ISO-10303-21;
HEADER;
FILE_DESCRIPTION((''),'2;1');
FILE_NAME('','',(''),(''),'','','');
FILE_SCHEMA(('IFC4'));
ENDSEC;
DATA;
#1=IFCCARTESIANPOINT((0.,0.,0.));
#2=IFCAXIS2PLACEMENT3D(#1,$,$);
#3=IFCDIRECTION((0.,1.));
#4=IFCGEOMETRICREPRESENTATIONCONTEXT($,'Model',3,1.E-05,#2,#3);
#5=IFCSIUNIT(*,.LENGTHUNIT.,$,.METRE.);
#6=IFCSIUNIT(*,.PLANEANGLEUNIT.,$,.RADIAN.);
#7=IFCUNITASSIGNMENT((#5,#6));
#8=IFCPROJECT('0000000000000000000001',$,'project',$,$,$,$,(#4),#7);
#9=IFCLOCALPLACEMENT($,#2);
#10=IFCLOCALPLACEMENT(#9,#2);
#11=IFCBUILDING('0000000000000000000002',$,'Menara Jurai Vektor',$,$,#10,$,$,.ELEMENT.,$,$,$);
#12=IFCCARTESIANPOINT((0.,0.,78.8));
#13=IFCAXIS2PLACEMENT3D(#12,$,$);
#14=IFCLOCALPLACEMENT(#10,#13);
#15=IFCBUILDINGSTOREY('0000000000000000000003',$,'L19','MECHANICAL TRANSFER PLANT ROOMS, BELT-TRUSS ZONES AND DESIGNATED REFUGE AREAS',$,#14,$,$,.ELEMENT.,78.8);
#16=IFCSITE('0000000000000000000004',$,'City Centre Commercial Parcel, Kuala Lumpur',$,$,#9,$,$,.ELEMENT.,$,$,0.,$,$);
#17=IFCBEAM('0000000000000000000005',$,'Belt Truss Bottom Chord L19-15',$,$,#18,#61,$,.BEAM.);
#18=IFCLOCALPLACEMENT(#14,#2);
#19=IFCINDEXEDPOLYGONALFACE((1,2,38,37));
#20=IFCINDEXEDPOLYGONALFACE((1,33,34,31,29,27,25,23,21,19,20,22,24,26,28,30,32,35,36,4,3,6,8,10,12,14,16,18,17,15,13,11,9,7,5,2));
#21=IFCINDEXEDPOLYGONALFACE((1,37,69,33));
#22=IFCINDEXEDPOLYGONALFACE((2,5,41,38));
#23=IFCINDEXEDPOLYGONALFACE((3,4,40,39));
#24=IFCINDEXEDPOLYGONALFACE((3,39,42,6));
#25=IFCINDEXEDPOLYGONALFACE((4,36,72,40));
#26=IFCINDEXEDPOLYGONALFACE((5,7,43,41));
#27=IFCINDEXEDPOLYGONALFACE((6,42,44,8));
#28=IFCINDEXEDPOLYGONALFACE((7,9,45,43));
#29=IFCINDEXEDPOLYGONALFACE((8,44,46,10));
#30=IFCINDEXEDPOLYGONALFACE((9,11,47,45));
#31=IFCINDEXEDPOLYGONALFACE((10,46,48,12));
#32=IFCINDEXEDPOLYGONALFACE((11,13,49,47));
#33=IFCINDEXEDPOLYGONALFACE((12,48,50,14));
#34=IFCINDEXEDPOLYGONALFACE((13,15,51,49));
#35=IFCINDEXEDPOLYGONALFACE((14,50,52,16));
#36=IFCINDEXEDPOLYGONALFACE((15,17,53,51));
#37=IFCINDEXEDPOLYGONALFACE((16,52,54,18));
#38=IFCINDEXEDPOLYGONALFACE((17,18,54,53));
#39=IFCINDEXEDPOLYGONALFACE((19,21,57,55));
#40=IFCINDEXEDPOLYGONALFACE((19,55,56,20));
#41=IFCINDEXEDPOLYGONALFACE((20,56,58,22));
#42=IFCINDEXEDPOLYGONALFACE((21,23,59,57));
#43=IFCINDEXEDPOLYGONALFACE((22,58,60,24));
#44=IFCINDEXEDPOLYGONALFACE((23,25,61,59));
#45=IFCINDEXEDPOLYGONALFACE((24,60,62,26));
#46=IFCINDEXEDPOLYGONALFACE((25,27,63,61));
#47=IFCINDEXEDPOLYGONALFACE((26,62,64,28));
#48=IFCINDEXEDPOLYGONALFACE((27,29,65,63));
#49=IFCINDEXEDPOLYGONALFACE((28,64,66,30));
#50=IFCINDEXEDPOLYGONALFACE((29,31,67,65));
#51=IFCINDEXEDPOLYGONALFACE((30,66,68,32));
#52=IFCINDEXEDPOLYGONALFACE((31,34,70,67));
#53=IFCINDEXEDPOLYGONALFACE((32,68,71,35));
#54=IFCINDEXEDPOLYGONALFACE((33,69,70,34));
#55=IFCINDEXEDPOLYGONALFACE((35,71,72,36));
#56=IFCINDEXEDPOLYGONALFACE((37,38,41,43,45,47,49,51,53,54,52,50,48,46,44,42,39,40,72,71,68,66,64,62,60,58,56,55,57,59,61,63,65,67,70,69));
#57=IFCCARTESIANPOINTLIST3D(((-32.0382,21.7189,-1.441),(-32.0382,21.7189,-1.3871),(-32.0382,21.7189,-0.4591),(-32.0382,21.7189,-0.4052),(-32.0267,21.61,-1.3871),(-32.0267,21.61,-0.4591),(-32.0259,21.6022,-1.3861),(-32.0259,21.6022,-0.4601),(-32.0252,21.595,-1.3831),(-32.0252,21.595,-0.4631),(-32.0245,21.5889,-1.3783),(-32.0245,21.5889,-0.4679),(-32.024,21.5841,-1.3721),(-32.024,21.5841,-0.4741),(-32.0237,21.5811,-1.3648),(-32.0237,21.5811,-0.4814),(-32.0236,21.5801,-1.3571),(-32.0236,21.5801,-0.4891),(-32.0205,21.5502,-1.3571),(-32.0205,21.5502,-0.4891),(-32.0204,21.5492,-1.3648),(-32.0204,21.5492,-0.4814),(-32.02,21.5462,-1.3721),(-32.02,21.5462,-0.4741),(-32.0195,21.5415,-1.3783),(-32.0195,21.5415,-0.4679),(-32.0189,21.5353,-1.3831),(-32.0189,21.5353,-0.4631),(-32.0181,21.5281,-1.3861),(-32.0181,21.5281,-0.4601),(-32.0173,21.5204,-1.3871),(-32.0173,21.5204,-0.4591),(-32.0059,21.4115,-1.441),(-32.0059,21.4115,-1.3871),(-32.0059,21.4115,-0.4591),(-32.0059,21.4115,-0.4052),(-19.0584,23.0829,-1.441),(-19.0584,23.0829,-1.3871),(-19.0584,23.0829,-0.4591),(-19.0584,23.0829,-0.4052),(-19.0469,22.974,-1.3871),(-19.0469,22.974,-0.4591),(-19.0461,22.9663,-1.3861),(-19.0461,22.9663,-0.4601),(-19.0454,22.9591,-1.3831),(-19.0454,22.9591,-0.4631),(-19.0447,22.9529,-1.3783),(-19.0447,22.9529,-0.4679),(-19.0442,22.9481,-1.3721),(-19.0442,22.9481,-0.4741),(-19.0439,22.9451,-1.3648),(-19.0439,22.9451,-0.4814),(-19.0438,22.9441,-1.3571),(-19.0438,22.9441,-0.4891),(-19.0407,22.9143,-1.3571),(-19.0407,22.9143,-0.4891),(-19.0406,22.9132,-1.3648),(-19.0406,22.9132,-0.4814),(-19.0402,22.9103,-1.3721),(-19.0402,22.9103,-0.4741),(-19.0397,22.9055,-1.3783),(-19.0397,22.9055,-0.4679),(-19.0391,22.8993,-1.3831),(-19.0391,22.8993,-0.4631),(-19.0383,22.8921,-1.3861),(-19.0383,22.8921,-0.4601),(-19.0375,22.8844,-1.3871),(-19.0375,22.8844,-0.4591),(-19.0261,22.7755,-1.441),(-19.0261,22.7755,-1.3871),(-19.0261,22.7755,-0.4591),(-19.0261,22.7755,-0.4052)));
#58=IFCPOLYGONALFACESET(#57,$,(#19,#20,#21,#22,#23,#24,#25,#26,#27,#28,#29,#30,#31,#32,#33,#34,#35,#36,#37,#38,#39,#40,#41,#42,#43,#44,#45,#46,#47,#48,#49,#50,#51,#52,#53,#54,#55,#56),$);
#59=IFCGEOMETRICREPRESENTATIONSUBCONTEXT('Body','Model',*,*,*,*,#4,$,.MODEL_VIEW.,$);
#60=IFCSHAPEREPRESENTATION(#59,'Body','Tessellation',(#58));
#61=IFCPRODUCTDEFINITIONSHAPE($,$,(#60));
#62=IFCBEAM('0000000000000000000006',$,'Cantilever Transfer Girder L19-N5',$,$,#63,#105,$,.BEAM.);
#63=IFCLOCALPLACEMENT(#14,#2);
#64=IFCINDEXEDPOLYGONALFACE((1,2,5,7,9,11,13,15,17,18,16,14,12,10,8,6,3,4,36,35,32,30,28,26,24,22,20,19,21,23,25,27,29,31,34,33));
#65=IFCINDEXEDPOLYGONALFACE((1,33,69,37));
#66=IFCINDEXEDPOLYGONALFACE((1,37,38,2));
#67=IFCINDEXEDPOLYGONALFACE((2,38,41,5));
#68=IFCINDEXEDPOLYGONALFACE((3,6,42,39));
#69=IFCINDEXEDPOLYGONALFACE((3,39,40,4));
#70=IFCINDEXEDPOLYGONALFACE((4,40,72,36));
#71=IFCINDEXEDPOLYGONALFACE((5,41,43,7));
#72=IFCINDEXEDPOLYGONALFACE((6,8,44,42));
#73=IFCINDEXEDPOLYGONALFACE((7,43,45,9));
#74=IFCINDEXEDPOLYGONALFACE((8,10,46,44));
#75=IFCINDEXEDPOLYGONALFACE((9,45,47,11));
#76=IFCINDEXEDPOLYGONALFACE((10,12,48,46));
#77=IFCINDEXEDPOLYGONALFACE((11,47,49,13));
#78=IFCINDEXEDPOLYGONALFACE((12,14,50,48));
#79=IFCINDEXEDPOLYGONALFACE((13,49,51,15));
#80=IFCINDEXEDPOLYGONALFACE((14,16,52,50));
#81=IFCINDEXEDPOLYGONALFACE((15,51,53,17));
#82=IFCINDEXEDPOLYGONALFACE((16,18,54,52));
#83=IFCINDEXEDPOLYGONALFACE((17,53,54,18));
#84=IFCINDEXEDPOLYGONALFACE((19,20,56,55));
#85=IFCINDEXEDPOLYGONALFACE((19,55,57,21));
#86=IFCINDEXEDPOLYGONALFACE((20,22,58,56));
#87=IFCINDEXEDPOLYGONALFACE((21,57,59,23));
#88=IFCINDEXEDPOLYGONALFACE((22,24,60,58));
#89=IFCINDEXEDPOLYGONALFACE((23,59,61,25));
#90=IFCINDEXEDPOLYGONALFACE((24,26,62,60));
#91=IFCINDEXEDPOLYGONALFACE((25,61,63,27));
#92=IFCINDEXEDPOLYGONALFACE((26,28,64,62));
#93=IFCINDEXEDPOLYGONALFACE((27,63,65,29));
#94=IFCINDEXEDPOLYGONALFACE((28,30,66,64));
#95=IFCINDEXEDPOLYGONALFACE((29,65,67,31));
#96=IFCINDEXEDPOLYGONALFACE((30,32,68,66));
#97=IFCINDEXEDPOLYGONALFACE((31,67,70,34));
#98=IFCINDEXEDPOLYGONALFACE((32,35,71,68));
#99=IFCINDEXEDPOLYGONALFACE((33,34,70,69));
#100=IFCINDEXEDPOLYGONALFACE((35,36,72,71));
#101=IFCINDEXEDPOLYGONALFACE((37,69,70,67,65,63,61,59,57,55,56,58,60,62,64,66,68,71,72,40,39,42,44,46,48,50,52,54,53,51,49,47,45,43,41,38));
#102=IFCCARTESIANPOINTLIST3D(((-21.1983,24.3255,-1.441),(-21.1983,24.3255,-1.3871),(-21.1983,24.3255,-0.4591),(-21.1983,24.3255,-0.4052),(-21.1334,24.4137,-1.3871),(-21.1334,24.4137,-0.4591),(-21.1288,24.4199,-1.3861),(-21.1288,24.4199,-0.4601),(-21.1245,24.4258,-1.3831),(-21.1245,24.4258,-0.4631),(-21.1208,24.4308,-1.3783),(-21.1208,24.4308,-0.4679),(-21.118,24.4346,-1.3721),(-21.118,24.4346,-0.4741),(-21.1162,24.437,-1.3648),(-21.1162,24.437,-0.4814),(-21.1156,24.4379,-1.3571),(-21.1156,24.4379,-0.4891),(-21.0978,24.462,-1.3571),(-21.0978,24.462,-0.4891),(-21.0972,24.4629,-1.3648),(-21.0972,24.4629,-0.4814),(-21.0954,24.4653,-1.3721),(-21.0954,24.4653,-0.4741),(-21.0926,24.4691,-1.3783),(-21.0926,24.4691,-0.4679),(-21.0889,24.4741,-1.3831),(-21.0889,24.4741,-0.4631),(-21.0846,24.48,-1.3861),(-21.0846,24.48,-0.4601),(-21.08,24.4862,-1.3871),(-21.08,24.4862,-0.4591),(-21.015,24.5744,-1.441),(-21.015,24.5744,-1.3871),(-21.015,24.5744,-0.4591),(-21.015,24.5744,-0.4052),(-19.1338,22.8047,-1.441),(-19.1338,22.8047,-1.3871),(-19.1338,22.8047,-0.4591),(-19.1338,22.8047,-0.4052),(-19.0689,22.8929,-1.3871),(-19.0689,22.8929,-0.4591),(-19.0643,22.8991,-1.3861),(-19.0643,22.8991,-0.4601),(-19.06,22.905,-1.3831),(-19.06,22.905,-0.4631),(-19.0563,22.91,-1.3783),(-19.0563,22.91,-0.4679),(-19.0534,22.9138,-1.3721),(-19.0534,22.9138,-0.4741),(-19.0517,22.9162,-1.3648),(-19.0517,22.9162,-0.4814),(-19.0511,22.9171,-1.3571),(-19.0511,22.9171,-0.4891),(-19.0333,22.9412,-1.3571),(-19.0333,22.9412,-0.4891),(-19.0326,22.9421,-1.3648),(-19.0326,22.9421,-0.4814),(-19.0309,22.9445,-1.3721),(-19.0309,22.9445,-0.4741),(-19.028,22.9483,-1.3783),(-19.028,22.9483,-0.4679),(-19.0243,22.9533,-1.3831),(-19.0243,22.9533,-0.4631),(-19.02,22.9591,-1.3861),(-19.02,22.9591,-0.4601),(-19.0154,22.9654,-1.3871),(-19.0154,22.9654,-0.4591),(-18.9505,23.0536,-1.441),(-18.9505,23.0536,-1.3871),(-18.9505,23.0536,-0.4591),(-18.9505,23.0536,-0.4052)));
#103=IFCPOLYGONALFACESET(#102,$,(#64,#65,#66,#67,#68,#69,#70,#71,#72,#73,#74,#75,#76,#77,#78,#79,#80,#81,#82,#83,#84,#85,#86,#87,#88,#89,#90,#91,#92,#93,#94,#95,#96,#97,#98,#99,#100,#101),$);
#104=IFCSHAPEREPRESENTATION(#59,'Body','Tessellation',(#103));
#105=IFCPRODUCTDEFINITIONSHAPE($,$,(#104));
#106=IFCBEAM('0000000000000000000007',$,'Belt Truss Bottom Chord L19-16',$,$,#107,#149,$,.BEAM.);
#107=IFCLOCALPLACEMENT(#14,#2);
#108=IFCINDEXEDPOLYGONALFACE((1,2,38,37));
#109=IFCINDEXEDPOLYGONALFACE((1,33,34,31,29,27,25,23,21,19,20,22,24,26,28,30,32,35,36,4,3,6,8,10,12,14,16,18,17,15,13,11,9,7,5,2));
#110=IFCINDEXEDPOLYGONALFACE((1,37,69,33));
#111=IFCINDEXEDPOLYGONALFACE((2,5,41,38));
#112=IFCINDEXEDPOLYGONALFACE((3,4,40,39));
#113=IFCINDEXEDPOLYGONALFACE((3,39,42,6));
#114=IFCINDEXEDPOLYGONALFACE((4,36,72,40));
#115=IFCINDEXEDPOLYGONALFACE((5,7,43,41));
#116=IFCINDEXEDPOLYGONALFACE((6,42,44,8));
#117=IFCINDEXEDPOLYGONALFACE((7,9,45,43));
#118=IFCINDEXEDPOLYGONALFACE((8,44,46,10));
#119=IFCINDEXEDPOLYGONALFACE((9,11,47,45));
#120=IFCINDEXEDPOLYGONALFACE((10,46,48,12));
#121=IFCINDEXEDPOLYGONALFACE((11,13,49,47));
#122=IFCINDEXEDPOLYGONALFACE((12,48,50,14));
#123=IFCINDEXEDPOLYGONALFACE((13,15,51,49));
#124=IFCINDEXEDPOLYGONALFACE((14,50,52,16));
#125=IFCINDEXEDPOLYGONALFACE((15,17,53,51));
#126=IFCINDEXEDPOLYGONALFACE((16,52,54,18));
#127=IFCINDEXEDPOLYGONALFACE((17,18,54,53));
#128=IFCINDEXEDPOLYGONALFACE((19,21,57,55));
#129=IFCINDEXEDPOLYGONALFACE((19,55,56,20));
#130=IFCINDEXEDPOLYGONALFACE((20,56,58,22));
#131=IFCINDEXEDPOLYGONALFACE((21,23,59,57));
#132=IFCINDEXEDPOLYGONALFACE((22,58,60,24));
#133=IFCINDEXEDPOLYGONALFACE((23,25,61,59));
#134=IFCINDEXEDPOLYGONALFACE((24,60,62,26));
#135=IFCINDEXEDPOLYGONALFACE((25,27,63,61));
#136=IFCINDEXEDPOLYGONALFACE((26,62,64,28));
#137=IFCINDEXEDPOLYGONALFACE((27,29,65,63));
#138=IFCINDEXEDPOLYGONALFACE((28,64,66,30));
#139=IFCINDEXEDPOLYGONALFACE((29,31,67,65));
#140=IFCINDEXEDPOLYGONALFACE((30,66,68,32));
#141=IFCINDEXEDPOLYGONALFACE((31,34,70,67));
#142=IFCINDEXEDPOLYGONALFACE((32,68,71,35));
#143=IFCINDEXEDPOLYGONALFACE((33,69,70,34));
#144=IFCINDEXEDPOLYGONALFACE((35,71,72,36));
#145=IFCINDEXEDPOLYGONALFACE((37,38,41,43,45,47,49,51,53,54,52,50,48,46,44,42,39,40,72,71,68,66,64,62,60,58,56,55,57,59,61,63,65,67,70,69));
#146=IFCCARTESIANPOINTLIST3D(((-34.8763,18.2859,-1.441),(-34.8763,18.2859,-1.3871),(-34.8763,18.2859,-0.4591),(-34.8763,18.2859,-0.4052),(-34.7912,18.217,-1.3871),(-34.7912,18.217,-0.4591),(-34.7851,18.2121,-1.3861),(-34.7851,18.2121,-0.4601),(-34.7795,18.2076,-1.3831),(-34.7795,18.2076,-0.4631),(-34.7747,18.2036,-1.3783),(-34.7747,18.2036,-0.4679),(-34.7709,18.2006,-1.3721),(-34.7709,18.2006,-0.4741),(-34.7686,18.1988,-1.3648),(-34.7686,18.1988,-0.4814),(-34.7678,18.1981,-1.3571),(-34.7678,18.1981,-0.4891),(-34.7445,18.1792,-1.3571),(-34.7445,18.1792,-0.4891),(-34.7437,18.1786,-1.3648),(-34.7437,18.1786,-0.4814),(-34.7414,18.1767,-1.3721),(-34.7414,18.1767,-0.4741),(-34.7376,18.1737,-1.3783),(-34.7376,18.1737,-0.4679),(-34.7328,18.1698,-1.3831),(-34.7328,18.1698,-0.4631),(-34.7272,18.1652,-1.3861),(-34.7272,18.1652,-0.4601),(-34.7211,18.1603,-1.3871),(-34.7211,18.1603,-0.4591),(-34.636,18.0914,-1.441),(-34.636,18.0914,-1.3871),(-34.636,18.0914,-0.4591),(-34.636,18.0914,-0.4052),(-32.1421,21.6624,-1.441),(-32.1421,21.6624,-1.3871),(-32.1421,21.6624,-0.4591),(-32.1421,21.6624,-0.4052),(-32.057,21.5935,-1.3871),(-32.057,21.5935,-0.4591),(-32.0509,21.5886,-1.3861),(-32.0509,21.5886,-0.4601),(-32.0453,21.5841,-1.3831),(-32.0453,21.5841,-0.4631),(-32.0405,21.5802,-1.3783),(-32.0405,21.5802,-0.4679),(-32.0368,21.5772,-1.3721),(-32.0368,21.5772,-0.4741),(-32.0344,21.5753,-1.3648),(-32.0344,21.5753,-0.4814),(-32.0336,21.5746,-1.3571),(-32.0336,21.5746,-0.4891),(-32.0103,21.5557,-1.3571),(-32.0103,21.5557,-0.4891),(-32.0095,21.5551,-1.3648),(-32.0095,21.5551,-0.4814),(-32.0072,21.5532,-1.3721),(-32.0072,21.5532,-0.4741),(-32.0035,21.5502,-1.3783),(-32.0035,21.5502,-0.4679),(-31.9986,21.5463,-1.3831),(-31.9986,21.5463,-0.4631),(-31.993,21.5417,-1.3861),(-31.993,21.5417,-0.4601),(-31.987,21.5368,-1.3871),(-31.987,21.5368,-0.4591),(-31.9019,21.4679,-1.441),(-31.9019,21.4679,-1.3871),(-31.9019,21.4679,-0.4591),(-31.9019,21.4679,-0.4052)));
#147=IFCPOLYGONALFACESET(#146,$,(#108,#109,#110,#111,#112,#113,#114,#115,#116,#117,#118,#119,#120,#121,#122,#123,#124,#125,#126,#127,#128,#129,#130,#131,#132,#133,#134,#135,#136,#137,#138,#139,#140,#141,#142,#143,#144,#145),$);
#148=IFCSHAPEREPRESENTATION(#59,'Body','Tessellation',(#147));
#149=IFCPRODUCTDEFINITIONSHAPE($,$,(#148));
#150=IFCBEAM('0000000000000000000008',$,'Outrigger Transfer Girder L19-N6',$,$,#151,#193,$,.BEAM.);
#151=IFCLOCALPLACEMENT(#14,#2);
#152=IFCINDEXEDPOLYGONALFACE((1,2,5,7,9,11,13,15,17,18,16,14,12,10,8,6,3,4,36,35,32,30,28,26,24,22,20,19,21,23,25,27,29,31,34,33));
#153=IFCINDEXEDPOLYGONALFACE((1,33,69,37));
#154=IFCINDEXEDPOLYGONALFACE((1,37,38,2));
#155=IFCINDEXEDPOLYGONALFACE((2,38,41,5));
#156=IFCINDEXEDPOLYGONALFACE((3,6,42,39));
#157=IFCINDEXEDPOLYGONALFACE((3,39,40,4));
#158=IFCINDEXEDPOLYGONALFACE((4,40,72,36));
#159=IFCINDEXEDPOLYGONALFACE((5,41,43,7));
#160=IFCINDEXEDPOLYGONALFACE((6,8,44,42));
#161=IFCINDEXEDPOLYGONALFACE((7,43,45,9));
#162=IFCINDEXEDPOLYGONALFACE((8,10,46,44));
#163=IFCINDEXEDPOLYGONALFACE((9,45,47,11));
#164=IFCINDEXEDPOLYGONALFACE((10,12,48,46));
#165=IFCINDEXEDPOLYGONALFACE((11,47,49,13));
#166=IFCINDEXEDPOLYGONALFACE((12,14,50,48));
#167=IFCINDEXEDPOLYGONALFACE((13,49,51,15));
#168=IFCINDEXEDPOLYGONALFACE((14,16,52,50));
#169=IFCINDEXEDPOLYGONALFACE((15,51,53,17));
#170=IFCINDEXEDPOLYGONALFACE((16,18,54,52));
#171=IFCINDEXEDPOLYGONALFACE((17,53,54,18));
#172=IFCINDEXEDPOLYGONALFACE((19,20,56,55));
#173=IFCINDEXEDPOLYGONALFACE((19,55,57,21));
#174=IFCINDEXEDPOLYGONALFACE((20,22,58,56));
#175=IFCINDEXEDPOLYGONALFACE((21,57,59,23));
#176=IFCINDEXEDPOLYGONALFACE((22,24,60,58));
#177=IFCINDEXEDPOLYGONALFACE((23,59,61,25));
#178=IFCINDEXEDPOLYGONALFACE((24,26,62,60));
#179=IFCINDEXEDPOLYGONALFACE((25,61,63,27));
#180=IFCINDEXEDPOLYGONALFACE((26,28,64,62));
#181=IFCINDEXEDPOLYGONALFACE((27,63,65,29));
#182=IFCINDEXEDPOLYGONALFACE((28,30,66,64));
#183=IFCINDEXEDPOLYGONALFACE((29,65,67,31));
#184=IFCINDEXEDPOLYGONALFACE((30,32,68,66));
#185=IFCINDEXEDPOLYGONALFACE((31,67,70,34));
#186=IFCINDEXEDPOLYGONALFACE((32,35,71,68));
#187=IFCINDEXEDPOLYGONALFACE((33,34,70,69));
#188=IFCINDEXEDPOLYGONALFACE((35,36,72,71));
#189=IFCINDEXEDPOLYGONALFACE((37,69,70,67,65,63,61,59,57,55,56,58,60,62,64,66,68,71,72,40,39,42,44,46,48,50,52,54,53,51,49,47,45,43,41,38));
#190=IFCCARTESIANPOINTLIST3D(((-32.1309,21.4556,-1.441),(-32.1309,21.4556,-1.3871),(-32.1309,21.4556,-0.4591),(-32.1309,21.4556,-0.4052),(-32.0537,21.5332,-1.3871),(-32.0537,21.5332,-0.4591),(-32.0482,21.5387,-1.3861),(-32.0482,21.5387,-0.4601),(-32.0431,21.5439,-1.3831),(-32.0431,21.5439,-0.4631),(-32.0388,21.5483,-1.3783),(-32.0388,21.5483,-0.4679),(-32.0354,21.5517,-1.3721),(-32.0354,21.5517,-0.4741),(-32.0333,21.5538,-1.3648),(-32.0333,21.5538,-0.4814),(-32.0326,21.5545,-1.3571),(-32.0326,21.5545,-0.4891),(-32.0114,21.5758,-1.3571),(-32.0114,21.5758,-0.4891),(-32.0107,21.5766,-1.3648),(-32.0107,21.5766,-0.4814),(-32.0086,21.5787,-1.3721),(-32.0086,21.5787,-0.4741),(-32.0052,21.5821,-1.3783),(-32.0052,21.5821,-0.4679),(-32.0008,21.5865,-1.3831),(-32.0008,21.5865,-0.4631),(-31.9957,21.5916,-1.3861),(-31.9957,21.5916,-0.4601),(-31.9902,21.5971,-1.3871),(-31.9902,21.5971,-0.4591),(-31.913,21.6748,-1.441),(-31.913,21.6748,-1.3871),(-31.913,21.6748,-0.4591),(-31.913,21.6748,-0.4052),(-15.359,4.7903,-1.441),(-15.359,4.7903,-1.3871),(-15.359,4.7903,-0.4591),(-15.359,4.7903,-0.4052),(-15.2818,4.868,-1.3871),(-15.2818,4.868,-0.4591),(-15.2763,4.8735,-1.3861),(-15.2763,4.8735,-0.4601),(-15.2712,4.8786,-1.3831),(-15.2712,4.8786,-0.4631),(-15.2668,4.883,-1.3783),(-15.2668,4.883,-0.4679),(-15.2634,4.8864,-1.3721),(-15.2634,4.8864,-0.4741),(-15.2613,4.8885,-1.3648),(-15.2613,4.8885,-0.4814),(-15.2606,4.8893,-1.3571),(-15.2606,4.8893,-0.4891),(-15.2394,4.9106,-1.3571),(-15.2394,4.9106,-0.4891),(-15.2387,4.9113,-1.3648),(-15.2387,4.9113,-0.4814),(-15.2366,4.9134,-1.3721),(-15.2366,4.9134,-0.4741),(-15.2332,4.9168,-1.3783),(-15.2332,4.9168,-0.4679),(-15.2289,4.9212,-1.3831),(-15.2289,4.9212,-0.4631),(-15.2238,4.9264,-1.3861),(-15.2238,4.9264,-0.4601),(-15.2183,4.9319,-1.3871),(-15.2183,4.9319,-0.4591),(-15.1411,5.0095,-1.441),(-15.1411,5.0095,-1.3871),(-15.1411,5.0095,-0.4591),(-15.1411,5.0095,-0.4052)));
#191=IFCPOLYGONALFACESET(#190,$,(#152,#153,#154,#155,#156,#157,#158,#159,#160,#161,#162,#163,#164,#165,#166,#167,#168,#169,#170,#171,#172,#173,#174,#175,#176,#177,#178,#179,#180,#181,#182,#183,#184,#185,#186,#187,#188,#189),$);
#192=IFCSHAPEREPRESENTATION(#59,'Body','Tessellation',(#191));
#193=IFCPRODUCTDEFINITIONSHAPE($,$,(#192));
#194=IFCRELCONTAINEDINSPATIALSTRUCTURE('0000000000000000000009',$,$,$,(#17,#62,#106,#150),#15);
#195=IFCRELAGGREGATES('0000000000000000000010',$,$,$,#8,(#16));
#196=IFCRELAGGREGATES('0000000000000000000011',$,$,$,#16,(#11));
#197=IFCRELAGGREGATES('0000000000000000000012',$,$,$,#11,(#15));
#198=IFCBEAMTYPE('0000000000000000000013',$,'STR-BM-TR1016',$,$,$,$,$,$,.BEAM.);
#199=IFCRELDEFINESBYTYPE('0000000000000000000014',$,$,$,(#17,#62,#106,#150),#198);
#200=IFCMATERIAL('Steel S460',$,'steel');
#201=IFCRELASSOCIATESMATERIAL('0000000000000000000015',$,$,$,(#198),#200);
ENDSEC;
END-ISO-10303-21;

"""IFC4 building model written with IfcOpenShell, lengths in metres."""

from ifc_helpers import new_model, si_unit, direction, frame, origin, origin_2d, place, context, subcontext, project, spatial, i_section, extrude, material, material_profile, profile_set, type_object, element, save


model = new_model("IFC4")

# Units and contexts
model_context = context("Model", 3, precision=1e-05, world=origin(), true_north=direction((0.0, 1.0)))
body_context = subcontext(model_context, "Body", "Model", "MODEL_VIEW")
ifc_project = project(units=[si_unit("LENGTHUNIT", "METRE"), si_unit("PLANEANGLEUNIT", "RADIAN")], contexts=[model_context])

# Site, building, storey
site_placement = place(None, origin())
site = spatial("IfcSite", under=ifc_project, at=site_placement, Name="City Centre Commercial Parcel, Kuala Lumpur", CompositionType="ELEMENT", RefElevation=0.0)
building_placement = place(site_placement, origin())
building = spatial("IfcBuilding", under=site, at=building_placement, Name="Menara Jurai Vektor", CompositionType="ELEMENT")
storey_placement = place(building_placement, frame((0.0, 0.0, 78.8)))
storey = spatial("IfcBuildingStorey", under=building, at=storey_placement, Name="L19", Description="MECHANICAL TRANSFER PLANT ROOMS, BELT-TRUSS ZONES AND DESIGNATED REFUGE AREAS", CompositionType="ELEMENT", Elevation=78.8)

# Shared definitions
ifc_material_1 = material(Name="Steel S460", Category="steel")

# Beams
ifc_material_profile_1 = material_profile(ifc_material_1, i_section(OverallWidth=0.3091, OverallDepth=1.0359, WebThickness=0.03, FlangeThickness=0.054, FilletRadius=0.03, at=origin_2d()), Name="UKB 1016x305x487")
ifc_profile_set_1 = profile_set([ifc_material_profile_1], Name="Steel S460")
beam_type_1 = type_object("IfcBeamType", Name="STR-BM-TR1016", PredefinedType="BEAM", material=ifc_profile_set_1)
beam_1_placement = place(storey_placement, frame((-19.0422, 22.9292, -0.9231), z_axis=(-0.994524, -0.104512, 0.0), x_axis=(0.104512, -0.994524, 0.0)))
element("IfcBeam", 1, at=beam_1_placement, inside=storey, type_object=beam_type_1, Name="Belt Truss Bottom Chord L19-15", PredefinedType="BEAM", context=body_context, shape_type="SweptSolid", body=[
    extrude(i_section(OverallWidth=0.3091, OverallDepth=1.0359, WebThickness=0.03, FlangeThickness=0.054, FilletRadius=0.03, at=origin_2d()), origin(), (0.0, 0.0, 1.0), 13.0513),
])
beam_2_placement = place(storey_placement, frame((-21.1067, 24.45, -0.9231), z_axis=(0.805135, -0.593092, 0.0), x_axis=(0.593092, 0.805135, 0.0)))
element("IfcBeam", 2, at=beam_2_placement, inside=storey, type_object=beam_type_1, Name="Cantilever Transfer Girder L19-N5", PredefinedType="BEAM", context=body_context, shape_type="SweptSolid", body=[
    extrude(i_section(OverallWidth=0.3091, OverallDepth=1.0359, WebThickness=0.03, FlangeThickness=0.054, FilletRadius=0.03, at=origin_2d()), origin(), (0.0, 0.0, 1.0), 2.5642),
])
beam_3_placement = place(storey_placement, frame((-32.022, 21.5652, -0.9231), z_axis=(-0.62931, -0.777155, 0.0), x_axis=(0.777155, -0.62931, 0.0)))
element("IfcBeam", 3, at=beam_3_placement, inside=storey, type_object=beam_type_1, Name="Belt Truss Bottom Chord L19-16", PredefinedType="BEAM", context=body_context, shape_type="SweptSolid", body=[
    extrude(i_section(OverallWidth=0.3091, OverallDepth=1.0359, WebThickness=0.03, FlangeThickness=0.054, FilletRadius=0.03, at=origin_2d()), origin(), (0.0, 0.0, 1.0), 4.3447),
])
beam_4_placement = place(storey_placement, frame((-32.022, 21.5652, -0.9231), z_axis=(0.709359, -0.704847, 0.0), x_axis=(0.704847, 0.709359, 0.0)))
element("IfcBeam", 4, at=beam_4_placement, inside=storey, type_object=beam_type_1, Name="Outrigger Transfer Girder L19-N6", PredefinedType="BEAM", context=body_context, shape_type="SweptSolid", body=[
    extrude(i_section(OverallWidth=0.3091, OverallDepth=1.0359, WebThickness=0.03, FlangeThickness=0.054, FilletRadius=0.03, at=origin_2d()), origin(), (0.0, 0.0, 1.0), 23.6438),
])

save(model, "model.ifc")
